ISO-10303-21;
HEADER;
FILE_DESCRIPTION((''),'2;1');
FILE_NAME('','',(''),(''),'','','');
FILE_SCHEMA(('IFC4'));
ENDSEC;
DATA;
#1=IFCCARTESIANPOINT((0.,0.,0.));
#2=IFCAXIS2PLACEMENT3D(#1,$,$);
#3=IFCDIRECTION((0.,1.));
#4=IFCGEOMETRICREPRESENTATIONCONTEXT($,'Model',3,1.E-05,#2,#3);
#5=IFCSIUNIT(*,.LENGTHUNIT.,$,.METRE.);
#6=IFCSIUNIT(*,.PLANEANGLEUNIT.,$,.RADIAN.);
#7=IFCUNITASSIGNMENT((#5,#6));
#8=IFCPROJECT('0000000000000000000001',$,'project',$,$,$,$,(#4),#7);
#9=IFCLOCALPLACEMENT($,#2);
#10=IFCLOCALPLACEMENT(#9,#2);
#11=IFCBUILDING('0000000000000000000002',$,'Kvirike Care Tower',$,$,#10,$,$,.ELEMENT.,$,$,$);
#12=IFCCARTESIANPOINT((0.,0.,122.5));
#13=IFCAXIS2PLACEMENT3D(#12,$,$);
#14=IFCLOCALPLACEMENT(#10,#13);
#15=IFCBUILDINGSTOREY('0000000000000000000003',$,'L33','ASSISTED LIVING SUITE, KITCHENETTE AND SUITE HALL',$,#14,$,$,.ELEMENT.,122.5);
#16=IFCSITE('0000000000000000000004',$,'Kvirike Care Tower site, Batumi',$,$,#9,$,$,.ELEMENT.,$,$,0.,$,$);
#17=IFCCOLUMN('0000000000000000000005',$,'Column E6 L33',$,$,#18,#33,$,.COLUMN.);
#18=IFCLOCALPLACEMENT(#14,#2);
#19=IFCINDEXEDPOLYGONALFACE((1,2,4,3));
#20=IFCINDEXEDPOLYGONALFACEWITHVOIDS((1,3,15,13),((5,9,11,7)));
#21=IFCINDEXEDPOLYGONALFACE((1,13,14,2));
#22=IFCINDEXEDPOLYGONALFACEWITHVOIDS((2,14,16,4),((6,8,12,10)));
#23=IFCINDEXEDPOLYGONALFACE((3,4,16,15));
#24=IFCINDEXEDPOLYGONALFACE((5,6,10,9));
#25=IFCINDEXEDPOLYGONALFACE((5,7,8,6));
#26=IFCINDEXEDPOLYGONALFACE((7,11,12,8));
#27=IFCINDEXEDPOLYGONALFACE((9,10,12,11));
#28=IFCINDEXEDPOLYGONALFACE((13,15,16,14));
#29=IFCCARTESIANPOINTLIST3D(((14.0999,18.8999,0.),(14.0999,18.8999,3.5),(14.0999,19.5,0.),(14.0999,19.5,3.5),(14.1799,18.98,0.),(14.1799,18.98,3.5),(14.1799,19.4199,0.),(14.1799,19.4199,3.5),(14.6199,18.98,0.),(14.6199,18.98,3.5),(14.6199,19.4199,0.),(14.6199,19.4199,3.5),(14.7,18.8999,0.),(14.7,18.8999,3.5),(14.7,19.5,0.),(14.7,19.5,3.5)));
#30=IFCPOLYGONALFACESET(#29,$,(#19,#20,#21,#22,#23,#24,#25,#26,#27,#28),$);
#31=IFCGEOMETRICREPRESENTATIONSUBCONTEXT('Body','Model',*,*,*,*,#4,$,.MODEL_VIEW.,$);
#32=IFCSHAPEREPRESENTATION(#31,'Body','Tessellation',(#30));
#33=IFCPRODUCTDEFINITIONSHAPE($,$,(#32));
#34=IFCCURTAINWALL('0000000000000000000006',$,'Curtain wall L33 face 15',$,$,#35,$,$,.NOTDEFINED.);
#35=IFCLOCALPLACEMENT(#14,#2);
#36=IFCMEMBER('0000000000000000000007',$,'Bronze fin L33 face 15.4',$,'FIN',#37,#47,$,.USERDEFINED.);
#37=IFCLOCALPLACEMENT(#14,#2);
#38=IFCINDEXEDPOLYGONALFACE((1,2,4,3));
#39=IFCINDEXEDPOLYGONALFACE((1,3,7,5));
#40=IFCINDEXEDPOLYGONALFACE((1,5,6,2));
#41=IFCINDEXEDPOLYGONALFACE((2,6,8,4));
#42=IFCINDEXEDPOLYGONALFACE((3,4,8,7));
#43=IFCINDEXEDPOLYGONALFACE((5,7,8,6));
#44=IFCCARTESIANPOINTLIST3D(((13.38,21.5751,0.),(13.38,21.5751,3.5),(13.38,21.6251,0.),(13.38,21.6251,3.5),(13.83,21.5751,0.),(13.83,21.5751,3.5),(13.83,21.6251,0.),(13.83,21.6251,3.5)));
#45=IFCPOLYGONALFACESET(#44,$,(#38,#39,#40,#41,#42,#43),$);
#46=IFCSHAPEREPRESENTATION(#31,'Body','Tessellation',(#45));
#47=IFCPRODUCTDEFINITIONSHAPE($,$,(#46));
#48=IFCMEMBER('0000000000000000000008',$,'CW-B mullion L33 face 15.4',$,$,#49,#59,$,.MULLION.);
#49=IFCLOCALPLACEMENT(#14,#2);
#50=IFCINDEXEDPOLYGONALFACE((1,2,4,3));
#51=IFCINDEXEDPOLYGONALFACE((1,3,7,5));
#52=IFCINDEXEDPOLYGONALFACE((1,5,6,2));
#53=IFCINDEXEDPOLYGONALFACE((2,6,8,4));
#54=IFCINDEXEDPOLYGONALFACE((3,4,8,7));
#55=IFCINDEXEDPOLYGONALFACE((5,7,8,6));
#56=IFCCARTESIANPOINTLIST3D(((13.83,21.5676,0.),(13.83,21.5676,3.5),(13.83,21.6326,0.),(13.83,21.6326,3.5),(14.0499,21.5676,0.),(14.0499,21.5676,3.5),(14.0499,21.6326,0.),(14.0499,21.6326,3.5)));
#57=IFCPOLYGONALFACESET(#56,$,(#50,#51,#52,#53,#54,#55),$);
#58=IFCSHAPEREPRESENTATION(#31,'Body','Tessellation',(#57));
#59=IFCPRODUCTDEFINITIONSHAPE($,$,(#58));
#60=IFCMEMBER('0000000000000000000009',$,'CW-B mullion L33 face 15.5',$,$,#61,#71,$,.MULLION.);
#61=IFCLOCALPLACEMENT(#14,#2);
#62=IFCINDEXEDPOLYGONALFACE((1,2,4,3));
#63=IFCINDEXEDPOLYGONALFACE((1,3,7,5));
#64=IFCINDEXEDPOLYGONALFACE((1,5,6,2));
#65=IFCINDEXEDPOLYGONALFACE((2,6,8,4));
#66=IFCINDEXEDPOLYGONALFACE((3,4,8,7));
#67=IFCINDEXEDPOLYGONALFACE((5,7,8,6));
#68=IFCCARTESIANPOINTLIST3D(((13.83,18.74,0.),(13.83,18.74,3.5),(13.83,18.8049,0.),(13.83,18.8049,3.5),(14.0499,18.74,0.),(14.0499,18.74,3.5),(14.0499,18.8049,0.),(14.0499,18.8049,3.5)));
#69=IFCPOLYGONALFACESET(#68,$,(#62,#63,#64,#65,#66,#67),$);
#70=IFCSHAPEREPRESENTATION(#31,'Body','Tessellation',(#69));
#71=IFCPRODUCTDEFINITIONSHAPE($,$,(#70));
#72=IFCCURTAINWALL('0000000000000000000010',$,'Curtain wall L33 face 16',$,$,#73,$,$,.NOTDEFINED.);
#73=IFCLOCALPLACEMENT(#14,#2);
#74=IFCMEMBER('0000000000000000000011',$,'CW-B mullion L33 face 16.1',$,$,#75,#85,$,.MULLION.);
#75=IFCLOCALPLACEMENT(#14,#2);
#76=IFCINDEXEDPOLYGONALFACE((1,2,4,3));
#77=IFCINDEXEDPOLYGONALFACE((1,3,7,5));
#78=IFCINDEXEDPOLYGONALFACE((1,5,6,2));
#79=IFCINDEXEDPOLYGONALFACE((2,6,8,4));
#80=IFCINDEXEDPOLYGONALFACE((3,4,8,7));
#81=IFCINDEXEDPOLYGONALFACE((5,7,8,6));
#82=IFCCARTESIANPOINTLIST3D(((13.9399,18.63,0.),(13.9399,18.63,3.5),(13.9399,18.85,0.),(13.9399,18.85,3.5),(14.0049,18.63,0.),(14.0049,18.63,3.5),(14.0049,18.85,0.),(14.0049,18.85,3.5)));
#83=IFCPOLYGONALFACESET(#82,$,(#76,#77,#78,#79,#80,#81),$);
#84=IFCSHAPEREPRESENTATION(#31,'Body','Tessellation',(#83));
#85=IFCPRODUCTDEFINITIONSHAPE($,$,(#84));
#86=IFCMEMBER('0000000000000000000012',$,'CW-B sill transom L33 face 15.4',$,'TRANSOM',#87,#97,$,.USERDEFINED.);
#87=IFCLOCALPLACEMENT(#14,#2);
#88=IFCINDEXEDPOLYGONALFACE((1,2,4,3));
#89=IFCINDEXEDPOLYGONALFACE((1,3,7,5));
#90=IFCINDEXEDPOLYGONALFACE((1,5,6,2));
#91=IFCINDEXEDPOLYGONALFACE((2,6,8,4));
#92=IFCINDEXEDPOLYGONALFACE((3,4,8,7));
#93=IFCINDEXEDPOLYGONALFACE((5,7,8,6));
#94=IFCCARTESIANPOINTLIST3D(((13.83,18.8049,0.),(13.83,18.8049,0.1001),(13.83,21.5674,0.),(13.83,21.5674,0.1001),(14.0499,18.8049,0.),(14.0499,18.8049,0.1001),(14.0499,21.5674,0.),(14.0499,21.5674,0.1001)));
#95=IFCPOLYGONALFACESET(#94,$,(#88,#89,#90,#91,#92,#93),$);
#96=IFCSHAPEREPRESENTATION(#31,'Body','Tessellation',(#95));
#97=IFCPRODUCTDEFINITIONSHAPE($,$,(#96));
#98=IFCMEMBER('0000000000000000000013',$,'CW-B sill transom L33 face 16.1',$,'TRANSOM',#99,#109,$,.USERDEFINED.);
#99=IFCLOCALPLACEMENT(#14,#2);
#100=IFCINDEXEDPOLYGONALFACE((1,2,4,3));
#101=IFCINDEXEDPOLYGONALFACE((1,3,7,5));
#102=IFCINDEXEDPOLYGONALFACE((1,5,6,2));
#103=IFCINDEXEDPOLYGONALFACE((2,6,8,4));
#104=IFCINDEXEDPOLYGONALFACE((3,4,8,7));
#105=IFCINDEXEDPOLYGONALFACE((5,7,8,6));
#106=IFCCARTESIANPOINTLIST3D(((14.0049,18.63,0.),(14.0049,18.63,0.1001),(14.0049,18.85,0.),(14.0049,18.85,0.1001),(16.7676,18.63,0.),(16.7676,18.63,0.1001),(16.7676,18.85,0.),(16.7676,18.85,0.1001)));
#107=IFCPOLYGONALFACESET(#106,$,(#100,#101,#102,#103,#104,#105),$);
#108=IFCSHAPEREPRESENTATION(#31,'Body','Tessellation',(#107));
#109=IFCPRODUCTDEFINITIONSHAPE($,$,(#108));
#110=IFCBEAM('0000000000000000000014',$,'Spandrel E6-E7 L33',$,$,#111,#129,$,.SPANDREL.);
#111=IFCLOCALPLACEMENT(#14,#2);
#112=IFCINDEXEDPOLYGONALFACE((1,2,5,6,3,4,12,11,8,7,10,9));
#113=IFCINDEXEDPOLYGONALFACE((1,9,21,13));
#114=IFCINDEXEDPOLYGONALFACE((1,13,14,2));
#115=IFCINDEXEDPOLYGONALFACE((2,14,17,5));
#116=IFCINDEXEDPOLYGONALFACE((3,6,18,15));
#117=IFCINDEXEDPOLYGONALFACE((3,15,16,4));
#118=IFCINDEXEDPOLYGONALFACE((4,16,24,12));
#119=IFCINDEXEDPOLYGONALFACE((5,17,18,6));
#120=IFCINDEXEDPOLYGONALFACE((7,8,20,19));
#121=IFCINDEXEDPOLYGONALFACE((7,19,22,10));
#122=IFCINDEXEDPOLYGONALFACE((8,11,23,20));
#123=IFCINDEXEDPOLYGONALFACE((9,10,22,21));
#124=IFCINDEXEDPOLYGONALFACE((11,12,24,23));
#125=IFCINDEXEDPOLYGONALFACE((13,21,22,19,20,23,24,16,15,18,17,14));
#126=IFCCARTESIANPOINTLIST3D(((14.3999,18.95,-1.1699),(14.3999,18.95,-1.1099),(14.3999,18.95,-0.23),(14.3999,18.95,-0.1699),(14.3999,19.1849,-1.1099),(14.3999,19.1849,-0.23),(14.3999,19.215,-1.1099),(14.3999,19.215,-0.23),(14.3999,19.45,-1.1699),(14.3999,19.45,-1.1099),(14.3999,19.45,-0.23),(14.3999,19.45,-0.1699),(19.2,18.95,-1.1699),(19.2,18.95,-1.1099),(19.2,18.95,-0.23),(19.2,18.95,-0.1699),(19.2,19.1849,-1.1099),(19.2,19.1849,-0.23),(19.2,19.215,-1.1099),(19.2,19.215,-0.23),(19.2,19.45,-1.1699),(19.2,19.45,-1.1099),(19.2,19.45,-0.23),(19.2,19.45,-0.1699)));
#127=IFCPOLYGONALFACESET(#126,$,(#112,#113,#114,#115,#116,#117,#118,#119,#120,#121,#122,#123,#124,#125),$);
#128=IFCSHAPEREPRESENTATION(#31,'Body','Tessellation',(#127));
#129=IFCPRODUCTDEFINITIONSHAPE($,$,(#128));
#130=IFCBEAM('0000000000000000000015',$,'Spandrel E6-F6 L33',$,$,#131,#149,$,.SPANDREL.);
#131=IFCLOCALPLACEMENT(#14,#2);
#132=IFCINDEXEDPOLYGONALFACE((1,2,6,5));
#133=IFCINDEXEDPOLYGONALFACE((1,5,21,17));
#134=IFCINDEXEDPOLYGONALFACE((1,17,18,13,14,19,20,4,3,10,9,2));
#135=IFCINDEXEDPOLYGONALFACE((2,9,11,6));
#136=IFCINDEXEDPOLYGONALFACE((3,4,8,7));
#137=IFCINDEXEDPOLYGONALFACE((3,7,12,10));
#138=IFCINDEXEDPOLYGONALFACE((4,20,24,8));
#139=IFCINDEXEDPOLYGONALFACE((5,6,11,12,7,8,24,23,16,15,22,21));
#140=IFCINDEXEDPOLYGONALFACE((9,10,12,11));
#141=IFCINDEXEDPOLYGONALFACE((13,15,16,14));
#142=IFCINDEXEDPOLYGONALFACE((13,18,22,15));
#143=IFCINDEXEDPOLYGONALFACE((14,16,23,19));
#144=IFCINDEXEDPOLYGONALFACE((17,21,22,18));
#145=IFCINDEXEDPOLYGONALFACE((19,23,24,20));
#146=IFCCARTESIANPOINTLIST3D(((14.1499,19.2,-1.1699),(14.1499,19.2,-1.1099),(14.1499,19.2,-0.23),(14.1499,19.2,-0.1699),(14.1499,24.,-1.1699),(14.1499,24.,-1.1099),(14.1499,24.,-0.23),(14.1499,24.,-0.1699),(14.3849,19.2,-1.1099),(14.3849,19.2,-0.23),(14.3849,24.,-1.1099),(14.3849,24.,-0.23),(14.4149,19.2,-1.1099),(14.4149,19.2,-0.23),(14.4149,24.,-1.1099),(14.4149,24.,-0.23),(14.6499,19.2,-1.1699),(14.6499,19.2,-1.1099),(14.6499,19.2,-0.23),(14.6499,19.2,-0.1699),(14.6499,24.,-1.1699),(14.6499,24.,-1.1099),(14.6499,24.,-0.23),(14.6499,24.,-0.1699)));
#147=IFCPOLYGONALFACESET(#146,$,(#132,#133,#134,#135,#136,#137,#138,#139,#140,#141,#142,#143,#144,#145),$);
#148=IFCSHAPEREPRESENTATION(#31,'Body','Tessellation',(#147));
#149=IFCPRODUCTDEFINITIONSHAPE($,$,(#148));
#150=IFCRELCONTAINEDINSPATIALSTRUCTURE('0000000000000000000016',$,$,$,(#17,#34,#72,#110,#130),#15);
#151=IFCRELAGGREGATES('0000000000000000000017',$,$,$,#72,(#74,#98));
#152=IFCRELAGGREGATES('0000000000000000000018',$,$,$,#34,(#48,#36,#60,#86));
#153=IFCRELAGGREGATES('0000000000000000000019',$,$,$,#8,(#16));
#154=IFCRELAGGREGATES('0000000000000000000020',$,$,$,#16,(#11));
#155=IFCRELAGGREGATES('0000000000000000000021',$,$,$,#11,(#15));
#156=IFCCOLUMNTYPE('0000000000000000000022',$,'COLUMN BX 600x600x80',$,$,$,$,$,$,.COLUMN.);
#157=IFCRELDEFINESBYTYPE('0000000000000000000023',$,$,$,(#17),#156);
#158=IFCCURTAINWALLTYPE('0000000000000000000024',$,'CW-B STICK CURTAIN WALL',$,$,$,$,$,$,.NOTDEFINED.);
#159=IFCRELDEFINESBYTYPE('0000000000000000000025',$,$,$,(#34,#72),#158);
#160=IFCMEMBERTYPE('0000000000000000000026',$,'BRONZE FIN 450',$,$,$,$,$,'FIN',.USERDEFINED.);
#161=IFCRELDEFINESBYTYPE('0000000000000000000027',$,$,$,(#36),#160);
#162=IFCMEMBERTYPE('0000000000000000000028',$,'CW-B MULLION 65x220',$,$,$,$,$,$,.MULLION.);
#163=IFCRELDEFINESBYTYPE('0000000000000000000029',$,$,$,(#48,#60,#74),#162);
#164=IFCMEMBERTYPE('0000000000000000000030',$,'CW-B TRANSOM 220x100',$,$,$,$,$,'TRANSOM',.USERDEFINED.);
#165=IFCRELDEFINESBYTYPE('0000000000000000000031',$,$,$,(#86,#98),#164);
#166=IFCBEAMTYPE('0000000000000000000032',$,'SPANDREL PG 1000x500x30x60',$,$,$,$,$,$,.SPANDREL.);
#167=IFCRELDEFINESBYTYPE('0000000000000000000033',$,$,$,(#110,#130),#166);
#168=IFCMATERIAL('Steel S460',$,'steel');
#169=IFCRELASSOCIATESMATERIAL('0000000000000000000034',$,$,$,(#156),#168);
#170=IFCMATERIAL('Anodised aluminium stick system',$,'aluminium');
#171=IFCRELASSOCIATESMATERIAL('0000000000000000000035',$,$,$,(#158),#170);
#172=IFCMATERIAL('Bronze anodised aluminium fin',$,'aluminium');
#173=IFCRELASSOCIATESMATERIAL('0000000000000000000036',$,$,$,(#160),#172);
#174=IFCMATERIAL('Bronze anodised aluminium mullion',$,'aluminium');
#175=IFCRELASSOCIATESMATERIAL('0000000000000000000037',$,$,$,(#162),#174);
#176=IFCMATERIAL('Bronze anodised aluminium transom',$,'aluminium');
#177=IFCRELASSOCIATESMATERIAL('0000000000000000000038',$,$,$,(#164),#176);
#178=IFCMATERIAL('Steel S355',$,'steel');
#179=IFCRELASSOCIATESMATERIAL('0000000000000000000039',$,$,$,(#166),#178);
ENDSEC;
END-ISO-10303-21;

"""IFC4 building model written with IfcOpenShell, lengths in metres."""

from ifc_helpers import new_model, si_unit, direction, frame, origin, origin_2d, place, context, subcontext, project, spatial, rectangle, hollow_rectangle, i_section, extrude, material, material_profile, profile_set, type_object, element, aggregate, save


model = new_model("IFC4")

# Units and contexts
model_context = context("Model", 3, precision=1e-05, world=origin(), true_north=direction((0.0, 1.0)))
body_context = subcontext(model_context, "Body", "Model", "MODEL_VIEW")
ifc_project = project(units=[si_unit("LENGTHUNIT", "METRE"), si_unit("PLANEANGLEUNIT", "RADIAN")], contexts=[model_context])

# Site, building, storey
site_placement = place(None, origin())
site = spatial("IfcSite", under=ifc_project, at=site_placement, Name="Kvirike Care Tower site, Batumi", CompositionType="ELEMENT", RefElevation=0.0)
building_placement = place(site_placement, origin())
building = spatial("IfcBuilding", under=site, at=building_placement, Name="Kvirike Care Tower", CompositionType="ELEMENT")
storey_placement = place(building_placement, frame((0.0, 0.0, 122.5)))
storey = spatial("IfcBuildingStorey", under=building, at=storey_placement, Name="L33", Description="ASSISTED LIVING SUITE, KITCHENETTE AND SUITE HALL", CompositionType="ELEMENT", Elevation=122.5)

# Column
ifc_material_1 = material(Name="Steel S460", Category="steel")
ifc_material_profile_1 = material_profile(ifc_material_1, hollow_rectangle(XDim=0.6001, YDim=0.6001, WallThickness=0.0801, at=origin_2d()), Name="BX 600x600x80")
ifc_profile_set_1 = profile_set([ifc_material_profile_1], Name="Steel S460")
column_type = type_object("IfcColumnType", Name="COLUMN BX 600x600x80", PredefinedType="COLUMN", material=ifc_profile_set_1)
column_placement = place(storey_placement, frame((14.3999, 19.2, 0.0), z_axis=(0.0, 0.0, 1.0), x_axis=(0.0, 1.0, 0.0)))
element("IfcColumn", 1, at=column_placement, inside=storey, type_object=column_type, Name="Column E6 L33", PredefinedType="COLUMN", context=body_context, shape_type="SweptSolid", body=[
    extrude(hollow_rectangle(XDim=0.6001, YDim=0.6001, WallThickness=0.0801, at=origin_2d()), origin(), (0.0, 0.0, 1.0), 3.5),
])

# Curtain wall, members
ifc_material_2 = material(Name="Anodised aluminium stick system", Category="aluminium")
curtain_wall_type = type_object("IfcCurtainWallType", Name="CW-B STICK CURTAIN WALL", PredefinedType="NOTDEFINED", material=ifc_material_2)
curtain_wall_1_placement = place(storey_placement, origin())
curtain_wall_1 = element("IfcCurtainWall", 2, at=curtain_wall_1_placement, inside=storey, type_object=curtain_wall_type, Name="Curtain wall L33 face 15", PredefinedType="NOTDEFINED")
ifc_material_3 = material(Name="Bronze anodised aluminium fin", Category="aluminium")
ifc_material_profile_2 = material_profile(ifc_material_3, rectangle(XDim=0.05, YDim=0.45, at=origin_2d()), Name="BRONZE FIN 450")
ifc_profile_set_2 = profile_set([ifc_material_profile_2], Name="Bronze anodised aluminium fin")
member_type_1 = type_object("IfcMemberType", Name="BRONZE FIN 450", ElementType="FIN", PredefinedType="USERDEFINED", material=ifc_profile_set_2)
member_1_placement = place(storey_placement, frame((13.605, 21.6001, 0.0), z_axis=(0.0, 0.0, 1.0), x_axis=(0.0, -1.0, 0.0)))
member_1 = element("IfcMember", 3, at=member_1_placement, type_object=member_type_1, Name="Bronze fin L33 face 15.4", ObjectType="FIN", PredefinedType="USERDEFINED", context=body_context, shape_type="SweptSolid", body=[
    extrude(rectangle(XDim=0.05, YDim=0.45, at=origin_2d()), origin(), (0.0, 0.0, 1.0), 3.5),
])
ifc_material_4 = material(Name="Bronze anodised aluminium mullion", Category="aluminium")
ifc_material_profile_3 = material_profile(ifc_material_4, rectangle(XDim=0.0649, YDim=0.22, at=origin_2d()), Name="CW-B MULLION 65x220")
ifc_profile_set_3 = profile_set([ifc_material_profile_3], Name="Bronze anodised aluminium mullion")
member_type_2 = type_object("IfcMemberType", Name="CW-B MULLION 65x220", PredefinedType="MULLION", material=ifc_profile_set_3)
member_2_placement = place(storey_placement, frame((13.9399, 21.6001, 0.0), z_axis=(0.0, 0.0, 1.0), x_axis=(0.0, -1.0, 0.0)))
member_2 = element("IfcMember", 4, at=member_2_placement, type_object=member_type_2, Name="CW-B mullion L33 face 15.4", PredefinedType="MULLION", context=body_context, shape_type="SweptSolid", body=[
    extrude(rectangle(XDim=0.0649, YDim=0.22, at=origin_2d()), origin(), (0.0, 0.0, 1.0), 3.5),
])
member_3_placement = place(storey_placement, frame((13.9399, 18.7725, 0.0), z_axis=(0.0, 0.0, 1.0), x_axis=(0.0, -1.0, 0.0)))
member_3 = element("IfcMember", 5, at=member_3_placement, type_object=member_type_2, Name="CW-B mullion L33 face 15.5", PredefinedType="MULLION", context=body_context, shape_type="SweptSolid", body=[
    extrude(rectangle(XDim=0.0649, YDim=0.22, at=origin_2d()), origin(), (0.0, 0.0, 1.0), 3.5),
])

# Curtain wall, member
curtain_wall_2_placement = place(storey_placement, origin())
curtain_wall_2 = element("IfcCurtainWall", 6, at=curtain_wall_2_placement, inside=storey, type_object=curtain_wall_type, Name="Curtain wall L33 face 16", PredefinedType="NOTDEFINED")
member_4_placement = place(storey_placement, frame((13.9724, 18.74, 0.0), z_axis=(0.0, 0.0, 1.0), x_axis=(1.0, 0.0, 0.0)))
member_4 = element("IfcMember", 7, at=member_4_placement, type_object=member_type_2, Name="CW-B mullion L33 face 16.1", PredefinedType="MULLION", context=body_context, shape_type="SweptSolid", body=[
    extrude(rectangle(XDim=0.0649, YDim=0.22, at=origin_2d()), origin(), (0.0, 0.0, 1.0), 3.5),
])

# Members
ifc_material_5 = material(Name="Bronze anodised aluminium transom", Category="aluminium")
ifc_material_profile_4 = material_profile(ifc_material_5, rectangle(XDim=0.22, YDim=0.1001, at=origin_2d()), Name="CW-B TRANSOM 220x100")
ifc_profile_set_4 = profile_set([ifc_material_profile_4], Name="Bronze anodised aluminium transom")
member_type_3 = type_object("IfcMemberType", Name="CW-B TRANSOM 220x100", ElementType="TRANSOM", PredefinedType="USERDEFINED", material=ifc_profile_set_4)
member_5_placement = place(storey_placement, frame((13.9399, 21.5674, 0.05), z_axis=(0.0, -1.0, 0.0), x_axis=(1.0, 0.0, 0.0)))
member_5 = element("IfcMember", 8, at=member_5_placement, type_object=member_type_3, Name="CW-B sill transom L33 face 15.4", ObjectType="TRANSOM", PredefinedType="USERDEFINED", context=body_context, shape_type="SweptSolid", body=[
    extrude(rectangle(XDim=0.22, YDim=0.1001, at=origin_2d()), origin(), (0.0, 0.0, 1.0), 2.7625),
])
member_6_placement = place(storey_placement, frame((14.0049, 18.74, 0.05), z_axis=(1.0, 0.0, 0.0), x_axis=(0.0, 1.0, 0.0)))
member_6 = element("IfcMember", 9, at=member_6_placement, type_object=member_type_3, Name="CW-B sill transom L33 face 16.1", ObjectType="TRANSOM", PredefinedType="USERDEFINED", context=body_context, shape_type="SweptSolid", body=[
    extrude(rectangle(XDim=0.22, YDim=0.1001, at=origin_2d()), origin(), (0.0, 0.0, 1.0), 2.7627),
])
aggregate(curtain_wall_2, [member_4, member_6])

# Beams
ifc_material_6 = material(Name="Steel S355", Category="steel")
ifc_material_profile_5 = material_profile(ifc_material_6, i_section(OverallWidth=0.5, OverallDepth=1.0, WebThickness=0.03, FlangeThickness=0.0601, at=origin_2d()), Name="PG 1000x500x30x60")
ifc_profile_set_5 = profile_set([ifc_material_profile_5], Name="Steel S355")
beam_type = type_object("IfcBeamType", Name="SPANDREL PG 1000x500x30x60", PredefinedType="SPANDREL", material=ifc_profile_set_5)
for number, where, z_axis, x_axis, name in (
    (10, (14.3999, 19.2, -0.6699), (1.0, 0.0, 0.0), (0.0, 1.0, 0.0), "Spandrel E6-E7 L33"),
    (11, (14.3999, 19.2, -0.6699), (0.0, 1.0, 0.0), (-1.0, 0.0, 0.0), "Spandrel E6-F6 L33"),
):
    element("IfcBeam", number, at=place(storey_placement, frame(where, z_axis=z_axis, x_axis=x_axis)), inside=storey, type_object=beam_type, Name=name, PredefinedType="SPANDREL", context=body_context, shape_type="SweptSolid", body=[
        extrude(i_section(OverallWidth=0.5, OverallDepth=1.0, WebThickness=0.03, FlangeThickness=0.0601, at=origin_2d()), origin(), (0.0, 0.0, 1.0), 4.8),
    ])

aggregate(curtain_wall_1, [member_2, member_1, member_3, member_5])

save(model, "model.ifc")
